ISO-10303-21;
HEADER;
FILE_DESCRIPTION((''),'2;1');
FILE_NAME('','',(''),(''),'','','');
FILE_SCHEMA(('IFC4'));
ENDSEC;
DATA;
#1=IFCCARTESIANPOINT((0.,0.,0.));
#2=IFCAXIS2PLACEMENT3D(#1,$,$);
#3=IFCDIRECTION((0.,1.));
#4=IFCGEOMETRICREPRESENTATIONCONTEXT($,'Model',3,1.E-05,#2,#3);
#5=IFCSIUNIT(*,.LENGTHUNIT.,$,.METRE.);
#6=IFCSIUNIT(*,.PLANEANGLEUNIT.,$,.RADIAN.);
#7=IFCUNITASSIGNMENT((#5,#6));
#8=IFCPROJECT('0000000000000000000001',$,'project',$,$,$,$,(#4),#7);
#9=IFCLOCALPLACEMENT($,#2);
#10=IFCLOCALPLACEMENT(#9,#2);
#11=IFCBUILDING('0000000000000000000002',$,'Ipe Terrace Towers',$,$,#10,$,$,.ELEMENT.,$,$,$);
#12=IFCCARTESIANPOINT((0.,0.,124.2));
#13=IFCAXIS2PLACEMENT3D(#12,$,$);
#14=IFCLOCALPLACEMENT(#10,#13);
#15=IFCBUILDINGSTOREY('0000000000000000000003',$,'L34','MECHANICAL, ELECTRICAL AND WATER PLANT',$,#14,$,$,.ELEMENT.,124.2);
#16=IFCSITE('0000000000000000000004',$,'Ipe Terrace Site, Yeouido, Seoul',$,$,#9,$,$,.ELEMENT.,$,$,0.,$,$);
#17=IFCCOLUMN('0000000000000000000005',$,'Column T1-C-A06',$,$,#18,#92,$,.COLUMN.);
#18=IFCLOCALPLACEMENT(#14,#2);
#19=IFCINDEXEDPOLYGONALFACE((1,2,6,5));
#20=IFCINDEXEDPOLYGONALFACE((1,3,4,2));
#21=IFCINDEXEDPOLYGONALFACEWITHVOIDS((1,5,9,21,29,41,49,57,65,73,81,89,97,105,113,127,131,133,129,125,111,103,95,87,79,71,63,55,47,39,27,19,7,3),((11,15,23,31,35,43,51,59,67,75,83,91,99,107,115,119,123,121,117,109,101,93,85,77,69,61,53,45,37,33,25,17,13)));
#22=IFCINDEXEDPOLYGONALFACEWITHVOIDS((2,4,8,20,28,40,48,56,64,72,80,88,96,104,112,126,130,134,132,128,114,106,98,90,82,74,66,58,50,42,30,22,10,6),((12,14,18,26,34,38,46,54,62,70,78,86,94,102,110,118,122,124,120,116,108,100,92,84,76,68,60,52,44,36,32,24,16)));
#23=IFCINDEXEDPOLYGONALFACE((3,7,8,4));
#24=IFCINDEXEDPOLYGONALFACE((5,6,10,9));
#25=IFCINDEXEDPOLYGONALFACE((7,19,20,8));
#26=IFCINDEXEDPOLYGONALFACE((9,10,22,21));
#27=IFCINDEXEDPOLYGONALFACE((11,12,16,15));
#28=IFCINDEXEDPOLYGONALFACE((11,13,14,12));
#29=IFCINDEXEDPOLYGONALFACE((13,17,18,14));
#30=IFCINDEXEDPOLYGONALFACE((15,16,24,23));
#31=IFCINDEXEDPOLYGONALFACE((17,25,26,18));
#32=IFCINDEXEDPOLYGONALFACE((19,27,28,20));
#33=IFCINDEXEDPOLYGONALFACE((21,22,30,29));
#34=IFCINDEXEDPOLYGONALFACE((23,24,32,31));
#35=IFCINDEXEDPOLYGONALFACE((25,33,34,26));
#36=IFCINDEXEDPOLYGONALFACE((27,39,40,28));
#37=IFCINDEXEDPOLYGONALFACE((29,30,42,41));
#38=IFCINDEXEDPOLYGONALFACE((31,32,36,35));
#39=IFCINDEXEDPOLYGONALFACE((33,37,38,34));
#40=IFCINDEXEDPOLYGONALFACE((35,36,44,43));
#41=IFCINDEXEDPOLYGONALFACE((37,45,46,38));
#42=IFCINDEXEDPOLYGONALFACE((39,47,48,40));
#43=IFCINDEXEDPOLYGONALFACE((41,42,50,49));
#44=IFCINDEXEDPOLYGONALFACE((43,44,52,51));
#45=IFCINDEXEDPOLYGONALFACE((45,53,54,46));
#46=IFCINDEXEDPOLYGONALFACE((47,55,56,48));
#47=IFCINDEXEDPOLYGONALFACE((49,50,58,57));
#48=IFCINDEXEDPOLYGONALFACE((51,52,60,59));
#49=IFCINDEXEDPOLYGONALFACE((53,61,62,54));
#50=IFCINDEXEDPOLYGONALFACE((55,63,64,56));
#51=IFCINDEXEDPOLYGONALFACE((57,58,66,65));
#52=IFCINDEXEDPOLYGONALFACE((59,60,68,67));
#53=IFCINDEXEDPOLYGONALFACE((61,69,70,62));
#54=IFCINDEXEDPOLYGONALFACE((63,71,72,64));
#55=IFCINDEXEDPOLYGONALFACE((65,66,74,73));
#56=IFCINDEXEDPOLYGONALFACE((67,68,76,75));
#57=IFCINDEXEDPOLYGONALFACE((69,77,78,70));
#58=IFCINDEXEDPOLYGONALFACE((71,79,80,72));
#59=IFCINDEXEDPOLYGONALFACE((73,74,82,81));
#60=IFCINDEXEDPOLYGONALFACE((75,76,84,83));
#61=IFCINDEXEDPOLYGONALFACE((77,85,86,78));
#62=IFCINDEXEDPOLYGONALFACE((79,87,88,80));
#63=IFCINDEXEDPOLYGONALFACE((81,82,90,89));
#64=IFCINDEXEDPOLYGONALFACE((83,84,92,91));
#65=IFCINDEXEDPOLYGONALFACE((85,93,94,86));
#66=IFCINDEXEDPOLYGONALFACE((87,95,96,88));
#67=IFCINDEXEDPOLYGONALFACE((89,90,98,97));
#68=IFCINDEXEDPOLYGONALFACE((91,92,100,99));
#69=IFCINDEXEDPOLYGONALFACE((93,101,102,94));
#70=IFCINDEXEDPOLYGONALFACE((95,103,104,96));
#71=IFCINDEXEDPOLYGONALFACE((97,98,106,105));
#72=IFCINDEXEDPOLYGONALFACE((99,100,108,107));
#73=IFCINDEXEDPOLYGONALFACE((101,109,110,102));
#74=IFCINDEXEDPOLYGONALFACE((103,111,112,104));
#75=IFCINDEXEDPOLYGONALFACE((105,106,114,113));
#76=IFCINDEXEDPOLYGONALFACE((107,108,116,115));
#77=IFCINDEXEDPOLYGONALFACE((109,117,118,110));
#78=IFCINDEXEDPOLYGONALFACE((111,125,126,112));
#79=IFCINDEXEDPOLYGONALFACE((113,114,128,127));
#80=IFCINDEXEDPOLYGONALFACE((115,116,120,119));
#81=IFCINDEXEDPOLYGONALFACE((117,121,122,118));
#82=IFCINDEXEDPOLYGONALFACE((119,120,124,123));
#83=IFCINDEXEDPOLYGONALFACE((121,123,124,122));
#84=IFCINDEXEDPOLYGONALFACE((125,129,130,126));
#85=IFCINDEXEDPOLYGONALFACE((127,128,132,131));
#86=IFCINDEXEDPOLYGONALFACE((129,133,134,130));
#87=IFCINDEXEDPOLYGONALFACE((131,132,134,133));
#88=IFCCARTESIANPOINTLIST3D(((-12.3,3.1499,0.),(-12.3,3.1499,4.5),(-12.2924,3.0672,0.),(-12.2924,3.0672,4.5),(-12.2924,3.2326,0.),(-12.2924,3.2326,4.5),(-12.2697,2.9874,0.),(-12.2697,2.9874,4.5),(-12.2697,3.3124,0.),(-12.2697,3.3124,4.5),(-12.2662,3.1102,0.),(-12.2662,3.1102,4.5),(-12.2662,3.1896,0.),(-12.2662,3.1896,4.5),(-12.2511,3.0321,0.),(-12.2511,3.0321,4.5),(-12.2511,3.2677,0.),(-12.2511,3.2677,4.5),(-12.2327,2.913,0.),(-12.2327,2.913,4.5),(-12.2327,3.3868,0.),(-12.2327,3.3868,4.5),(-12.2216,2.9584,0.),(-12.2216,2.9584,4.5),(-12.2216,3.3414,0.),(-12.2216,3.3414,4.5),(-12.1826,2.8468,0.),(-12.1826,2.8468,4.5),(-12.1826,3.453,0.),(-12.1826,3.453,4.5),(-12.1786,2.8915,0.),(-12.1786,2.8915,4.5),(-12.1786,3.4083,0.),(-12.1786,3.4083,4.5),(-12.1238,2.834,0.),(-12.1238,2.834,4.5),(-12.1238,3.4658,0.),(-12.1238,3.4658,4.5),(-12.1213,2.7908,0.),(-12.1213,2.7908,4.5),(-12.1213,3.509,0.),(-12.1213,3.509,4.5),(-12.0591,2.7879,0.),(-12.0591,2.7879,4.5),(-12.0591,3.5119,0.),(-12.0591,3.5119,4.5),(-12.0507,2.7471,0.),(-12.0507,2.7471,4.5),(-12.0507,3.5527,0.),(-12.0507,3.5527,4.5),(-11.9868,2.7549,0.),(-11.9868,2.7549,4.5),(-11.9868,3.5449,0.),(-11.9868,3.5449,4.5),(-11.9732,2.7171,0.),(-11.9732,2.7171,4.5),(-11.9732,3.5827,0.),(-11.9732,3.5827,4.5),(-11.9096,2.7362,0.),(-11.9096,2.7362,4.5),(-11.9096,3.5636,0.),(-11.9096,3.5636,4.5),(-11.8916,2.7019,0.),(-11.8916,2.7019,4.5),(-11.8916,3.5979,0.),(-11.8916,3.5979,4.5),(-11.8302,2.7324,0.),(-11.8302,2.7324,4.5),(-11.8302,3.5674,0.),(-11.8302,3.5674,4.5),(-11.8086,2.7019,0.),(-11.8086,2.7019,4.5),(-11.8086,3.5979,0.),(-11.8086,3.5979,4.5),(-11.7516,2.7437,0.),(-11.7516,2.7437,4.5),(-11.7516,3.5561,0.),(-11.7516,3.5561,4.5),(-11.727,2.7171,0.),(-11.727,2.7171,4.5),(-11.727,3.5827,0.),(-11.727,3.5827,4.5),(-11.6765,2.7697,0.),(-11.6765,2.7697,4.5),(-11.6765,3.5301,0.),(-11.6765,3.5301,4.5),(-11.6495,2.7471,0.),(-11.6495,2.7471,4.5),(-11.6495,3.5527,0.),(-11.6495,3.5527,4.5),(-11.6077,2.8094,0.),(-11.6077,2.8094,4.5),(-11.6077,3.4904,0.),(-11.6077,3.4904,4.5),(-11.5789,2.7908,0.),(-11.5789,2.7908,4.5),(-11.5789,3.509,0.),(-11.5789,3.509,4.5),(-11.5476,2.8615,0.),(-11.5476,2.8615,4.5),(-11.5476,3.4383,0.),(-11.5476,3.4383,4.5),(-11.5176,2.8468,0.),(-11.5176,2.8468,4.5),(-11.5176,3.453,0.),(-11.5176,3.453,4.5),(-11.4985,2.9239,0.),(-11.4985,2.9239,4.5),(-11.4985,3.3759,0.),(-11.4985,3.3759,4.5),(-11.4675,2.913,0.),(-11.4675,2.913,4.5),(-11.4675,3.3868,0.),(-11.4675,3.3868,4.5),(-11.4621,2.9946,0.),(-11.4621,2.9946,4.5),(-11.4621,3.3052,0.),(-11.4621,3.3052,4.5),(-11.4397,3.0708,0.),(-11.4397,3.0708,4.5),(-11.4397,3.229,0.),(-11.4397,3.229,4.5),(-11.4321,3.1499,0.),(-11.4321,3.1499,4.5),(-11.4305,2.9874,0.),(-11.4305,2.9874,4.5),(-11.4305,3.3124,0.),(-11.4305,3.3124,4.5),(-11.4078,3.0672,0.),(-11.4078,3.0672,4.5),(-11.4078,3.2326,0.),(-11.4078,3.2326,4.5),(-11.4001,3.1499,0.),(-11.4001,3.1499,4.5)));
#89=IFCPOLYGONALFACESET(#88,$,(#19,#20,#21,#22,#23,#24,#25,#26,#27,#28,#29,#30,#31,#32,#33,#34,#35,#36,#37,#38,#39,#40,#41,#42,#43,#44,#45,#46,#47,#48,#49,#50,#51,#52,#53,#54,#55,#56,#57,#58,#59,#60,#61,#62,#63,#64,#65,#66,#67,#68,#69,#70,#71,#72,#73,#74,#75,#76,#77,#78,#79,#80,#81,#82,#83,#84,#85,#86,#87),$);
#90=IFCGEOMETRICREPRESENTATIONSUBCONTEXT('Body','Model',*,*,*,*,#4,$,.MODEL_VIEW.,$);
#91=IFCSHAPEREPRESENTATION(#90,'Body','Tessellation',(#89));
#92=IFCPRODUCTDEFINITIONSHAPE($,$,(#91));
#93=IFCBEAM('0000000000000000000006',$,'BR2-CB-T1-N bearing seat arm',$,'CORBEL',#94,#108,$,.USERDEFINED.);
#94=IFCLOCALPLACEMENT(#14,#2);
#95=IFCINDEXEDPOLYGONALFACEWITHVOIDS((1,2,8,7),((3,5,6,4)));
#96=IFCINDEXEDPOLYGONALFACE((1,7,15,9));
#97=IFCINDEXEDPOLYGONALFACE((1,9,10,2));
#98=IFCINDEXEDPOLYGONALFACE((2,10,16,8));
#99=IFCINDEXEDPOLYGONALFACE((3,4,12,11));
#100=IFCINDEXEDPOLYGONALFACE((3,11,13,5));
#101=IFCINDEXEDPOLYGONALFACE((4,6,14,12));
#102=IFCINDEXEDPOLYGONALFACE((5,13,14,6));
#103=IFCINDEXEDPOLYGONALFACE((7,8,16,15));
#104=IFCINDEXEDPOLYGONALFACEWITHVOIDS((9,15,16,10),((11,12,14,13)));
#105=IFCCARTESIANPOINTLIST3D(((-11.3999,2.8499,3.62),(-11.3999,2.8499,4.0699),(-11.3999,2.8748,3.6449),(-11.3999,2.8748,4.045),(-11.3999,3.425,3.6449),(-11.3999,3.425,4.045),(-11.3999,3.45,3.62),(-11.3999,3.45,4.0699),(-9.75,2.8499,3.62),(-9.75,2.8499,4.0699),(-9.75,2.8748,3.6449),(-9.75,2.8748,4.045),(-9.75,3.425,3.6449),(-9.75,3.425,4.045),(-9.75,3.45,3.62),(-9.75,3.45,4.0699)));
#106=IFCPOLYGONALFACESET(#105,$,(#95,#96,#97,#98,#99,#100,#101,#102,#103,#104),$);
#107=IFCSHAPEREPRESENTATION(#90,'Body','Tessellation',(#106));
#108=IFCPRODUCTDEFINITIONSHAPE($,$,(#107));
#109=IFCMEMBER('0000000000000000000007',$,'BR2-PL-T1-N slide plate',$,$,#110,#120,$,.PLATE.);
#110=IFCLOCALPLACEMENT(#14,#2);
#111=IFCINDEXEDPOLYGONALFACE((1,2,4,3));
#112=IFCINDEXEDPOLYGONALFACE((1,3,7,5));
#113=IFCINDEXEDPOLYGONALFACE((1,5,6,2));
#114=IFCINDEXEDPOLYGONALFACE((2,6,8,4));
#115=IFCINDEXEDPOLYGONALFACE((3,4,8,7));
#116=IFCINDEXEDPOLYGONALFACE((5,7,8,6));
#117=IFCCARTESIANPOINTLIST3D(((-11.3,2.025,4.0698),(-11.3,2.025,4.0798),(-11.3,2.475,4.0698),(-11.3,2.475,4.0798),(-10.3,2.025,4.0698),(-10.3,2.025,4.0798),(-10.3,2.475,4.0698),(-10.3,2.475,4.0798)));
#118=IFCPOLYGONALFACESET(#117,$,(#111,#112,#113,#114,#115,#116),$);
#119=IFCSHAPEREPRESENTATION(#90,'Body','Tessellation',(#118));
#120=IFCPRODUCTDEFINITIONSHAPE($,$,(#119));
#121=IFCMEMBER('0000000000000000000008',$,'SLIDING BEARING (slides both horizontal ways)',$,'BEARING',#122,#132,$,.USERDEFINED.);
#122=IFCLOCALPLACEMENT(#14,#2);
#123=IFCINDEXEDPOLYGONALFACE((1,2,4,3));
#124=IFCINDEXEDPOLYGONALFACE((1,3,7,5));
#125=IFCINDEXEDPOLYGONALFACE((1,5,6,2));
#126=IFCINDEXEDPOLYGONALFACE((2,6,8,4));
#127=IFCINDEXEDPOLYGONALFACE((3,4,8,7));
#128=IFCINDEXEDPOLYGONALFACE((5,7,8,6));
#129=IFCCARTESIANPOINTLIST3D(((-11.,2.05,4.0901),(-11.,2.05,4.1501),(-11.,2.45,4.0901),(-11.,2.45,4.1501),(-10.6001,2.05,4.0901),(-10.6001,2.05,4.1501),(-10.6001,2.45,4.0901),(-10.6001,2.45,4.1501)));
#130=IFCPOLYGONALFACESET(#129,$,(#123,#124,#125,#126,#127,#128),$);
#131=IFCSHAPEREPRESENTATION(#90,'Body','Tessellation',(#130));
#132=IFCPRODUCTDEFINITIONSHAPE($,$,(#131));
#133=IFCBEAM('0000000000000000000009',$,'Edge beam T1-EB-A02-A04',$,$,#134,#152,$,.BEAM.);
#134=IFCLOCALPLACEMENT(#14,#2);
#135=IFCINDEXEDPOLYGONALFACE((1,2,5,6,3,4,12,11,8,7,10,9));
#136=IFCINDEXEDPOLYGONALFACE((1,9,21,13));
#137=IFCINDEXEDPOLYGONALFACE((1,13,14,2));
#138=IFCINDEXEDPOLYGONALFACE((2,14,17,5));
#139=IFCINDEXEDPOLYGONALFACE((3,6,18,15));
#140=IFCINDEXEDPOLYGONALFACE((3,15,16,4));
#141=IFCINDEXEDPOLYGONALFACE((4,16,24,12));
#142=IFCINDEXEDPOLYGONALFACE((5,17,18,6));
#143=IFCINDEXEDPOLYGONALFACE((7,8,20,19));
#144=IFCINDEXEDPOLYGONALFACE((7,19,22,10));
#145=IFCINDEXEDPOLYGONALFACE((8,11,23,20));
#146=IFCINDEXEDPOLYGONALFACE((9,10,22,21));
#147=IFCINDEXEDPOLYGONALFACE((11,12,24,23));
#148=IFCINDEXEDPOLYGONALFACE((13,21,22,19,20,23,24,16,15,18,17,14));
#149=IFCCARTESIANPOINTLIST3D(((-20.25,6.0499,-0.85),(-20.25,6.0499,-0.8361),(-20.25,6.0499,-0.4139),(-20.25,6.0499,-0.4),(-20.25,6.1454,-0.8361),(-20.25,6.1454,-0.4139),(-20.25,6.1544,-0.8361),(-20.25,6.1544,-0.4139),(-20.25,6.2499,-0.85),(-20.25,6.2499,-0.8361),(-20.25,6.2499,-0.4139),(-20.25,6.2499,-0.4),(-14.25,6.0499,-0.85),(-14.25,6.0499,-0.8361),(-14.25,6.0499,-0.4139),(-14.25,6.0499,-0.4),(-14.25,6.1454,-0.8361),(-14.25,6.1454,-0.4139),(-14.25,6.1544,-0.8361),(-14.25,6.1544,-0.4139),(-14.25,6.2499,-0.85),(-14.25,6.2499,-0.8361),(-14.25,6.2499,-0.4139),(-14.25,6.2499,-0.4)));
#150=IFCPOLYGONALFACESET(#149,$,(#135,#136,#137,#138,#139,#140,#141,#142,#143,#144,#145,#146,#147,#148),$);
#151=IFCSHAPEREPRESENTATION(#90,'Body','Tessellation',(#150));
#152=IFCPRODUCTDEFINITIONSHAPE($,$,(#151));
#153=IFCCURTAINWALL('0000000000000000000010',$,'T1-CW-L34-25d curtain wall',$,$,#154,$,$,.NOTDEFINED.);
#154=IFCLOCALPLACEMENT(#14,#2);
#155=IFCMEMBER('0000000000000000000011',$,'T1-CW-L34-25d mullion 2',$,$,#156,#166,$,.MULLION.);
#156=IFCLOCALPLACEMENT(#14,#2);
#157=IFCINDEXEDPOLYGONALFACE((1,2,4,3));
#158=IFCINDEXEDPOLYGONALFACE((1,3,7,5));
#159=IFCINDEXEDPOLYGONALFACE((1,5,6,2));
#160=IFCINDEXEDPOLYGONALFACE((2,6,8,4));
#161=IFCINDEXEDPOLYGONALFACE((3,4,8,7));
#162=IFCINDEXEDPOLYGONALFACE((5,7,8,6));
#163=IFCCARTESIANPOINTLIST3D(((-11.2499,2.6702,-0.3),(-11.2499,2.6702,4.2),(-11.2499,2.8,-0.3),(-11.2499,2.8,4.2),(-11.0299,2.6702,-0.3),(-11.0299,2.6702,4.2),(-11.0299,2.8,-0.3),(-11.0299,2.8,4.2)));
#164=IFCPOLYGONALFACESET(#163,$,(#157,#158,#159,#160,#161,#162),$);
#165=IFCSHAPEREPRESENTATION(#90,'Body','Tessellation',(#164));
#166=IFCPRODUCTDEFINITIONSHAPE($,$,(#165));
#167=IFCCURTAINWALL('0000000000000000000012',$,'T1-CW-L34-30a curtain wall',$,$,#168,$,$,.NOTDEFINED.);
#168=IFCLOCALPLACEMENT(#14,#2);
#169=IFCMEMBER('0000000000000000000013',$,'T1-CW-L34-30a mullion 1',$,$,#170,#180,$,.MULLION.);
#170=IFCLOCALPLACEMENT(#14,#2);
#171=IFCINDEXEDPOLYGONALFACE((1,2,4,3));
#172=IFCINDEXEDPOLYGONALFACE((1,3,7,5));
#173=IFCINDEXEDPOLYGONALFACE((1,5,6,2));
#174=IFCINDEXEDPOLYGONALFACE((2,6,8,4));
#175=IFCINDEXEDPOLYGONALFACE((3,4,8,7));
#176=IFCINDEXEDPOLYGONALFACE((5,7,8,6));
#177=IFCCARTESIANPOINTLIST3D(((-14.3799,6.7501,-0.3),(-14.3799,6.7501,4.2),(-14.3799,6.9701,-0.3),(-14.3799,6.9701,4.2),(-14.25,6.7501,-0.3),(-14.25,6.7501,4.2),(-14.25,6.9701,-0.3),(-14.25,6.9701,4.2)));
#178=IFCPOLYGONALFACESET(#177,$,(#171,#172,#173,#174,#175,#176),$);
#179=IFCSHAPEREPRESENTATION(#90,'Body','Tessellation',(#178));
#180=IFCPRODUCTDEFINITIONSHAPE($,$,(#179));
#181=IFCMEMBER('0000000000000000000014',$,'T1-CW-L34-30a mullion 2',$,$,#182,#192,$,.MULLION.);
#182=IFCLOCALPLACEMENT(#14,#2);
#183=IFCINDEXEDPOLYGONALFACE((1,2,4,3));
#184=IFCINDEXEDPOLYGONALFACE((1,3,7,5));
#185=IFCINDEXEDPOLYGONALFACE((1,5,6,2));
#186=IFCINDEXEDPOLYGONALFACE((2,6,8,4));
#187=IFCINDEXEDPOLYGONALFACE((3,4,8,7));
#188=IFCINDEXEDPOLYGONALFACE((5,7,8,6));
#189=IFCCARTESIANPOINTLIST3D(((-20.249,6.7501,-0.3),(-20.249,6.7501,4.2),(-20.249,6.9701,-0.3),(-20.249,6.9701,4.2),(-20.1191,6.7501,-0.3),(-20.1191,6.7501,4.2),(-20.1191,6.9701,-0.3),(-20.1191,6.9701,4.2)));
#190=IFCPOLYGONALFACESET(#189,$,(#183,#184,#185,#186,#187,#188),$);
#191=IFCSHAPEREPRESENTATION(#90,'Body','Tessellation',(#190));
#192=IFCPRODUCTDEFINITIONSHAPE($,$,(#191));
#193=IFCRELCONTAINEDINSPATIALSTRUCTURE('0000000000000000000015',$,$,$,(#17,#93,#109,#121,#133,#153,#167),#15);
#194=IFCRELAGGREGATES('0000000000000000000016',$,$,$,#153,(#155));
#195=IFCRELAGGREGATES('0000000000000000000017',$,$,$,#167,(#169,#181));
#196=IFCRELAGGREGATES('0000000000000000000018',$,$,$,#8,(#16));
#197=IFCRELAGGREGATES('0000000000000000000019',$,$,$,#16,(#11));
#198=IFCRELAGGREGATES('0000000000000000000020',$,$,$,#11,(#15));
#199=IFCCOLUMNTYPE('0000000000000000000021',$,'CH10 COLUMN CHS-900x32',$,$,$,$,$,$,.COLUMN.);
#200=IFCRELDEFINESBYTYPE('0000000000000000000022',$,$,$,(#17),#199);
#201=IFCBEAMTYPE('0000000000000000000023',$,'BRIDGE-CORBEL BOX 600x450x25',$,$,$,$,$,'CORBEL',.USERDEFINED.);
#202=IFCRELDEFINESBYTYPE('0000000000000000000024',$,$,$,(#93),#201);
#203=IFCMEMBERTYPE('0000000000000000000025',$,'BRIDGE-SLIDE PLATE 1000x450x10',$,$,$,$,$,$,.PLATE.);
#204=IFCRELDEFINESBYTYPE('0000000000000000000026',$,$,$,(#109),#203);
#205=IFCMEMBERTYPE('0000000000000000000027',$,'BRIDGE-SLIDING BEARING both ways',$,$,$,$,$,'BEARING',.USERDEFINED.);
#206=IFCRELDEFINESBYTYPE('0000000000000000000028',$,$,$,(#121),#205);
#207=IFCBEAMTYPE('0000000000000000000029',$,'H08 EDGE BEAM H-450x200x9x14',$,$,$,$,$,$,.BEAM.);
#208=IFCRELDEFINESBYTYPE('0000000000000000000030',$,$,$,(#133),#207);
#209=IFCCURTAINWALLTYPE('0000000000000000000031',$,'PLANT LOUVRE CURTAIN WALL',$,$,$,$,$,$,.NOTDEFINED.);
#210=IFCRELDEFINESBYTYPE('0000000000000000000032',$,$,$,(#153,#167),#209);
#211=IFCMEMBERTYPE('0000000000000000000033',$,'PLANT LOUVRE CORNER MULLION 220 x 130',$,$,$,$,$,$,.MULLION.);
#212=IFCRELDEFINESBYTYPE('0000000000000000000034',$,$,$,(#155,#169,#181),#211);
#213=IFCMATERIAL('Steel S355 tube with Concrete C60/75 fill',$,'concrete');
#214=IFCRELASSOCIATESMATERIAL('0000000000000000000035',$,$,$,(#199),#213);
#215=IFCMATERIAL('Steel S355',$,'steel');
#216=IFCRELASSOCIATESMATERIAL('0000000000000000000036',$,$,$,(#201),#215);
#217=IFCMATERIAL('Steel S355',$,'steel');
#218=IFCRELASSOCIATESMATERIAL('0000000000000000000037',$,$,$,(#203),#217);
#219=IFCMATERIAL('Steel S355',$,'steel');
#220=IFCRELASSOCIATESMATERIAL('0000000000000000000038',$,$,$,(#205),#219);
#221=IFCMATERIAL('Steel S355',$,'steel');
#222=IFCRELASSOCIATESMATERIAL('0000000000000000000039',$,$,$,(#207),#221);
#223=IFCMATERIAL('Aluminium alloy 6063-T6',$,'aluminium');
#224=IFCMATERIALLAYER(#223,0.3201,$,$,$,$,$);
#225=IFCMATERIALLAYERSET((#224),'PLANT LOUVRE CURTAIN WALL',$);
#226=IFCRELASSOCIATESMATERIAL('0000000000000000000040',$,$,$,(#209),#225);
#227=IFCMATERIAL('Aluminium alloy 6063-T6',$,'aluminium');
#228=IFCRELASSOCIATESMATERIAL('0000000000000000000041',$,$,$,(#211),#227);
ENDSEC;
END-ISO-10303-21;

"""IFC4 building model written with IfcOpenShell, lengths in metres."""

from ifc_helpers import new_model, si_unit, direction, frame, origin, origin_2d, place, context, subcontext, project, spatial, rectangle, hollow_rectangle, hollow_circle, i_section, extrude, material, layer, layer_set, material_profile, profile_set, type_object, element, aggregate, save


model = new_model("IFC4")

# Units and contexts
model_context = context("Model", 3, precision=1e-05, world=origin(), true_north=direction((0.0, 1.0)))
body_context = subcontext(model_context, "Body", "Model", "MODEL_VIEW")
ifc_project = project(units=[si_unit("LENGTHUNIT", "METRE"), si_unit("PLANEANGLEUNIT", "RADIAN")], contexts=[model_context])

# Site, building, storey
site_placement = place(None, origin())
site = spatial("IfcSite", under=ifc_project, at=site_placement, Name="Ipe Terrace Site, Yeouido, Seoul", CompositionType="ELEMENT", RefElevation=0.0)
building_placement = place(site_placement, origin())
building = spatial("IfcBuilding", under=site, at=building_placement, Name="Ipe Terrace Towers", CompositionType="ELEMENT")
storey_placement = place(building_placement, frame((0.0, 0.0, 124.2)))
storey = spatial("IfcBuildingStorey", under=building, at=storey_placement, Name="L34", Description="MECHANICAL, ELECTRICAL AND WATER PLANT", CompositionType="ELEMENT", Elevation=124.2)

# Column
ifc_material_1 = material(Name="Steel S355 tube with Concrete C60/75 fill", Category="concrete")
ifc_material_profile_1 = material_profile(ifc_material_1, hollow_circle(Radius=0.45, WallThickness=0.032, at=origin_2d()), Name="CHS-900x32")
ifc_profile_set_1 = profile_set([ifc_material_profile_1], Name="Steel S355 tube with Concrete C60/75 fill")
column_type = type_object("IfcColumnType", Name="CH10 COLUMN CHS-900x32", PredefinedType="COLUMN", material=ifc_profile_set_1)
for number, where, z_axis, x_axis, name in (
    (1, (-11.8501, 3.1499, 0.0), (0.0, 0.0, 1.0), (1.0, 0.0, 0.0), "Column T1-C-A06"),
):
    element("IfcColumn", number, at=place(storey_placement, frame(where, z_axis=z_axis, x_axis=x_axis)), inside=storey, type_object=column_type, Name=name, PredefinedType="COLUMN", context=body_context, shape_type="SweptSolid", body=[
        extrude(hollow_circle(Radius=0.45, WallThickness=0.032, at=origin_2d()), origin(), (0.0, 0.0, 1.0), 4.5),
    ])

# Beam
ifc_material_2 = material(Name="Steel S355", Category="steel")
ifc_material_profile_2 = material_profile(ifc_material_2, hollow_rectangle(XDim=0.6001, YDim=0.45, WallThickness=0.0249, at=origin_2d()), Name="BRIDGE-CORBEL BOX 600x450x25")
ifc_profile_set_2 = profile_set([ifc_material_profile_2], Name="Steel S355")
beam_type_1 = type_object("IfcBeamType", Name="BRIDGE-CORBEL BOX 600x450x25", ElementType="CORBEL", PredefinedType="USERDEFINED", material=ifc_profile_set_2)
beam_1_placement = place(storey_placement, frame((-11.3999, 3.1499, 3.845), z_axis=(1.0, 0.0, 0.0), x_axis=(0.0, 1.0, 0.0)))
element("IfcBeam", 2, at=beam_1_placement, inside=storey, type_object=beam_type_1, Name="BR2-CB-T1-N bearing seat arm", ObjectType="CORBEL", PredefinedType="USERDEFINED", context=body_context, shape_type="SweptSolid", body=[
    extrude(hollow_rectangle(XDim=0.6001, YDim=0.45, WallThickness=0.0249, at=origin_2d()), origin(), (0.0, 0.0, 1.0), 1.6499),
])

# Members
ifc_material_3 = material(Name="Steel S355", Category="steel")
member_type_1 = type_object("IfcMemberType", Name="BRIDGE-SLIDE PLATE 1000x450x10", PredefinedType="PLATE", material=ifc_material_3)
member_1_placement = place(storey_placement, frame((-10.8, 2.25, 4.0698), z_axis=(0.0, 0.0, 1.0), x_axis=(1.0, 0.0, 0.0)))
element("IfcMember", 3, at=member_1_placement, inside=storey, type_object=member_type_1, Name="BR2-PL-T1-N slide plate", PredefinedType="PLATE", context=body_context, shape_type="SweptSolid", body=[
    extrude(rectangle(XDim=1.0, YDim=0.45, at=origin_2d()), origin(), (0.0, 0.0, 1.0), 0.01),
])
ifc_material_4 = material(Name="Steel S355", Category="steel")
member_type_2 = type_object("IfcMemberType", Name="BRIDGE-SLIDING BEARING both ways", ElementType="BEARING", PredefinedType="USERDEFINED", material=ifc_material_4)
member_2_placement = place(storey_placement, frame((-10.8, 2.25, 4.0901), z_axis=(0.0, 0.0, 1.0), x_axis=(1.0, 0.0, 0.0)))
element("IfcMember", 4, at=member_2_placement, inside=storey, type_object=member_type_2, Name="SLIDING BEARING (slides both horizontal ways)", ObjectType="BEARING", PredefinedType="USERDEFINED", context=body_context, shape_type="SweptSolid", body=[
    extrude(rectangle(XDim=0.3999, YDim=0.3999, at=origin_2d()), origin(), (0.0, 0.0, 1.0), 0.0601),
])

# Beam
ifc_material_5 = material(Name="Steel S355", Category="steel")
ifc_material_profile_3 = material_profile(ifc_material_5, i_section(OverallWidth=0.2, OverallDepth=0.45, WebThickness=0.009, FlangeThickness=0.0139, at=origin_2d()), Name="H-450x200x9x14")
ifc_profile_set_3 = profile_set([ifc_material_profile_3], Name="Steel S355")
beam_type_2 = type_object("IfcBeamType", Name="H08 EDGE BEAM H-450x200x9x14", PredefinedType="BEAM", material=ifc_profile_set_3)
beam_2_placement = place(storey_placement, frame((-20.25, 6.1499, -0.625), z_axis=(1.0, 0.0, 0.0), x_axis=(0.0, 1.0, 0.0)))
element("IfcBeam", 5, at=beam_2_placement, inside=storey, type_object=beam_type_2, Name="Edge beam T1-EB-A02-A04", PredefinedType="BEAM", context=body_context, shape_type="SweptSolid", body=[
    extrude(i_section(OverallWidth=0.2, OverallDepth=0.45, WebThickness=0.009, FlangeThickness=0.0139, at=origin_2d()), origin(), (0.0, 0.0, 1.0), 6.0),
])

# Curtain wall, member
ifc_material_6 = material(Name="Aluminium alloy 6063-T6", Category="aluminium")
ifc_layer_1 = layer(ifc_material_6, 0.3201)
ifc_layer_set_1 = layer_set([ifc_layer_1], Name="PLANT LOUVRE CURTAIN WALL")
curtain_wall_type = type_object("IfcCurtainWallType", Name="PLANT LOUVRE CURTAIN WALL", PredefinedType="NOTDEFINED", material=ifc_layer_set_1)
curtain_wall_1_placement = place(storey_placement, origin())
curtain_wall_1 = element("IfcCurtainWall", 6, at=curtain_wall_1_placement, inside=storey, type_object=curtain_wall_type, Name="T1-CW-L34-25d curtain wall", PredefinedType="NOTDEFINED")
ifc_material_7 = material(Name="Aluminium alloy 6063-T6", Category="aluminium")
ifc_material_profile_4 = material_profile(ifc_material_7, rectangle(XDim=0.22, YDim=0.1299, at=origin_2d()), Name="PLANT LOUVRE CORNER MULLION 220 x 130")
ifc_profile_set_4 = profile_set([ifc_material_profile_4], Name="Aluminium alloy 6063-T6")
member_type_3 = type_object("IfcMemberType", Name="PLANT LOUVRE CORNER MULLION 220 x 130", PredefinedType="MULLION", material=ifc_profile_set_4)
member_3_placement = place(storey_placement, frame((-11.1399, 2.7351, -0.3), z_axis=(0.0, 0.0, 1.0), x_axis=(1.0, 0.0, 0.0)))
member_3 = element("IfcMember", 7, at=member_3_placement, type_object=member_type_3, Name="T1-CW-L34-25d mullion 2", PredefinedType="MULLION", context=body_context, shape_type="SweptSolid", body=[
    extrude(rectangle(XDim=0.22, YDim=0.1299, at=origin_2d()), origin(), (0.0, 0.0, 1.0), 4.5),
])

# Curtain wall, members
curtain_wall_2_placement = place(storey_placement, origin())
curtain_wall_2 = element("IfcCurtainWall", 8, at=curtain_wall_2_placement, inside=storey, type_object=curtain_wall_type, Name="T1-CW-L34-30a curtain wall", PredefinedType="NOTDEFINED")
member_4_placement = place(storey_placement, frame((-14.3149, 6.8601, -0.3), z_axis=(0.0, 0.0, 1.0), x_axis=(0.0, 1.0, 0.0)))
member_4 = element("IfcMember", 9, at=member_4_placement, type_object=member_type_3, Name="T1-CW-L34-30a mullion 1", PredefinedType="MULLION", context=body_context, shape_type="SweptSolid", body=[
    extrude(rectangle(XDim=0.22, YDim=0.1299, at=origin_2d()), origin(), (0.0, 0.0, 1.0), 4.5),
])
member_5_placement = place(storey_placement, frame((-20.1841, 6.8601, -0.3), z_axis=(0.0, 0.0, 1.0), x_axis=(0.0, 1.0, 0.0)))
member_5 = element("IfcMember", 10, at=member_5_placement, type_object=member_type_3, Name="T1-CW-L34-30a mullion 2", PredefinedType="MULLION", context=body_context, shape_type="SweptSolid", body=[
    extrude(rectangle(XDim=0.22, YDim=0.1299, at=origin_2d()), origin(), (0.0, 0.0, 1.0), 4.5),
])

aggregate(curtain_wall_1, [member_3])
aggregate(curtain_wall_2, [member_4, member_5])

save(model, "model.ifc")
